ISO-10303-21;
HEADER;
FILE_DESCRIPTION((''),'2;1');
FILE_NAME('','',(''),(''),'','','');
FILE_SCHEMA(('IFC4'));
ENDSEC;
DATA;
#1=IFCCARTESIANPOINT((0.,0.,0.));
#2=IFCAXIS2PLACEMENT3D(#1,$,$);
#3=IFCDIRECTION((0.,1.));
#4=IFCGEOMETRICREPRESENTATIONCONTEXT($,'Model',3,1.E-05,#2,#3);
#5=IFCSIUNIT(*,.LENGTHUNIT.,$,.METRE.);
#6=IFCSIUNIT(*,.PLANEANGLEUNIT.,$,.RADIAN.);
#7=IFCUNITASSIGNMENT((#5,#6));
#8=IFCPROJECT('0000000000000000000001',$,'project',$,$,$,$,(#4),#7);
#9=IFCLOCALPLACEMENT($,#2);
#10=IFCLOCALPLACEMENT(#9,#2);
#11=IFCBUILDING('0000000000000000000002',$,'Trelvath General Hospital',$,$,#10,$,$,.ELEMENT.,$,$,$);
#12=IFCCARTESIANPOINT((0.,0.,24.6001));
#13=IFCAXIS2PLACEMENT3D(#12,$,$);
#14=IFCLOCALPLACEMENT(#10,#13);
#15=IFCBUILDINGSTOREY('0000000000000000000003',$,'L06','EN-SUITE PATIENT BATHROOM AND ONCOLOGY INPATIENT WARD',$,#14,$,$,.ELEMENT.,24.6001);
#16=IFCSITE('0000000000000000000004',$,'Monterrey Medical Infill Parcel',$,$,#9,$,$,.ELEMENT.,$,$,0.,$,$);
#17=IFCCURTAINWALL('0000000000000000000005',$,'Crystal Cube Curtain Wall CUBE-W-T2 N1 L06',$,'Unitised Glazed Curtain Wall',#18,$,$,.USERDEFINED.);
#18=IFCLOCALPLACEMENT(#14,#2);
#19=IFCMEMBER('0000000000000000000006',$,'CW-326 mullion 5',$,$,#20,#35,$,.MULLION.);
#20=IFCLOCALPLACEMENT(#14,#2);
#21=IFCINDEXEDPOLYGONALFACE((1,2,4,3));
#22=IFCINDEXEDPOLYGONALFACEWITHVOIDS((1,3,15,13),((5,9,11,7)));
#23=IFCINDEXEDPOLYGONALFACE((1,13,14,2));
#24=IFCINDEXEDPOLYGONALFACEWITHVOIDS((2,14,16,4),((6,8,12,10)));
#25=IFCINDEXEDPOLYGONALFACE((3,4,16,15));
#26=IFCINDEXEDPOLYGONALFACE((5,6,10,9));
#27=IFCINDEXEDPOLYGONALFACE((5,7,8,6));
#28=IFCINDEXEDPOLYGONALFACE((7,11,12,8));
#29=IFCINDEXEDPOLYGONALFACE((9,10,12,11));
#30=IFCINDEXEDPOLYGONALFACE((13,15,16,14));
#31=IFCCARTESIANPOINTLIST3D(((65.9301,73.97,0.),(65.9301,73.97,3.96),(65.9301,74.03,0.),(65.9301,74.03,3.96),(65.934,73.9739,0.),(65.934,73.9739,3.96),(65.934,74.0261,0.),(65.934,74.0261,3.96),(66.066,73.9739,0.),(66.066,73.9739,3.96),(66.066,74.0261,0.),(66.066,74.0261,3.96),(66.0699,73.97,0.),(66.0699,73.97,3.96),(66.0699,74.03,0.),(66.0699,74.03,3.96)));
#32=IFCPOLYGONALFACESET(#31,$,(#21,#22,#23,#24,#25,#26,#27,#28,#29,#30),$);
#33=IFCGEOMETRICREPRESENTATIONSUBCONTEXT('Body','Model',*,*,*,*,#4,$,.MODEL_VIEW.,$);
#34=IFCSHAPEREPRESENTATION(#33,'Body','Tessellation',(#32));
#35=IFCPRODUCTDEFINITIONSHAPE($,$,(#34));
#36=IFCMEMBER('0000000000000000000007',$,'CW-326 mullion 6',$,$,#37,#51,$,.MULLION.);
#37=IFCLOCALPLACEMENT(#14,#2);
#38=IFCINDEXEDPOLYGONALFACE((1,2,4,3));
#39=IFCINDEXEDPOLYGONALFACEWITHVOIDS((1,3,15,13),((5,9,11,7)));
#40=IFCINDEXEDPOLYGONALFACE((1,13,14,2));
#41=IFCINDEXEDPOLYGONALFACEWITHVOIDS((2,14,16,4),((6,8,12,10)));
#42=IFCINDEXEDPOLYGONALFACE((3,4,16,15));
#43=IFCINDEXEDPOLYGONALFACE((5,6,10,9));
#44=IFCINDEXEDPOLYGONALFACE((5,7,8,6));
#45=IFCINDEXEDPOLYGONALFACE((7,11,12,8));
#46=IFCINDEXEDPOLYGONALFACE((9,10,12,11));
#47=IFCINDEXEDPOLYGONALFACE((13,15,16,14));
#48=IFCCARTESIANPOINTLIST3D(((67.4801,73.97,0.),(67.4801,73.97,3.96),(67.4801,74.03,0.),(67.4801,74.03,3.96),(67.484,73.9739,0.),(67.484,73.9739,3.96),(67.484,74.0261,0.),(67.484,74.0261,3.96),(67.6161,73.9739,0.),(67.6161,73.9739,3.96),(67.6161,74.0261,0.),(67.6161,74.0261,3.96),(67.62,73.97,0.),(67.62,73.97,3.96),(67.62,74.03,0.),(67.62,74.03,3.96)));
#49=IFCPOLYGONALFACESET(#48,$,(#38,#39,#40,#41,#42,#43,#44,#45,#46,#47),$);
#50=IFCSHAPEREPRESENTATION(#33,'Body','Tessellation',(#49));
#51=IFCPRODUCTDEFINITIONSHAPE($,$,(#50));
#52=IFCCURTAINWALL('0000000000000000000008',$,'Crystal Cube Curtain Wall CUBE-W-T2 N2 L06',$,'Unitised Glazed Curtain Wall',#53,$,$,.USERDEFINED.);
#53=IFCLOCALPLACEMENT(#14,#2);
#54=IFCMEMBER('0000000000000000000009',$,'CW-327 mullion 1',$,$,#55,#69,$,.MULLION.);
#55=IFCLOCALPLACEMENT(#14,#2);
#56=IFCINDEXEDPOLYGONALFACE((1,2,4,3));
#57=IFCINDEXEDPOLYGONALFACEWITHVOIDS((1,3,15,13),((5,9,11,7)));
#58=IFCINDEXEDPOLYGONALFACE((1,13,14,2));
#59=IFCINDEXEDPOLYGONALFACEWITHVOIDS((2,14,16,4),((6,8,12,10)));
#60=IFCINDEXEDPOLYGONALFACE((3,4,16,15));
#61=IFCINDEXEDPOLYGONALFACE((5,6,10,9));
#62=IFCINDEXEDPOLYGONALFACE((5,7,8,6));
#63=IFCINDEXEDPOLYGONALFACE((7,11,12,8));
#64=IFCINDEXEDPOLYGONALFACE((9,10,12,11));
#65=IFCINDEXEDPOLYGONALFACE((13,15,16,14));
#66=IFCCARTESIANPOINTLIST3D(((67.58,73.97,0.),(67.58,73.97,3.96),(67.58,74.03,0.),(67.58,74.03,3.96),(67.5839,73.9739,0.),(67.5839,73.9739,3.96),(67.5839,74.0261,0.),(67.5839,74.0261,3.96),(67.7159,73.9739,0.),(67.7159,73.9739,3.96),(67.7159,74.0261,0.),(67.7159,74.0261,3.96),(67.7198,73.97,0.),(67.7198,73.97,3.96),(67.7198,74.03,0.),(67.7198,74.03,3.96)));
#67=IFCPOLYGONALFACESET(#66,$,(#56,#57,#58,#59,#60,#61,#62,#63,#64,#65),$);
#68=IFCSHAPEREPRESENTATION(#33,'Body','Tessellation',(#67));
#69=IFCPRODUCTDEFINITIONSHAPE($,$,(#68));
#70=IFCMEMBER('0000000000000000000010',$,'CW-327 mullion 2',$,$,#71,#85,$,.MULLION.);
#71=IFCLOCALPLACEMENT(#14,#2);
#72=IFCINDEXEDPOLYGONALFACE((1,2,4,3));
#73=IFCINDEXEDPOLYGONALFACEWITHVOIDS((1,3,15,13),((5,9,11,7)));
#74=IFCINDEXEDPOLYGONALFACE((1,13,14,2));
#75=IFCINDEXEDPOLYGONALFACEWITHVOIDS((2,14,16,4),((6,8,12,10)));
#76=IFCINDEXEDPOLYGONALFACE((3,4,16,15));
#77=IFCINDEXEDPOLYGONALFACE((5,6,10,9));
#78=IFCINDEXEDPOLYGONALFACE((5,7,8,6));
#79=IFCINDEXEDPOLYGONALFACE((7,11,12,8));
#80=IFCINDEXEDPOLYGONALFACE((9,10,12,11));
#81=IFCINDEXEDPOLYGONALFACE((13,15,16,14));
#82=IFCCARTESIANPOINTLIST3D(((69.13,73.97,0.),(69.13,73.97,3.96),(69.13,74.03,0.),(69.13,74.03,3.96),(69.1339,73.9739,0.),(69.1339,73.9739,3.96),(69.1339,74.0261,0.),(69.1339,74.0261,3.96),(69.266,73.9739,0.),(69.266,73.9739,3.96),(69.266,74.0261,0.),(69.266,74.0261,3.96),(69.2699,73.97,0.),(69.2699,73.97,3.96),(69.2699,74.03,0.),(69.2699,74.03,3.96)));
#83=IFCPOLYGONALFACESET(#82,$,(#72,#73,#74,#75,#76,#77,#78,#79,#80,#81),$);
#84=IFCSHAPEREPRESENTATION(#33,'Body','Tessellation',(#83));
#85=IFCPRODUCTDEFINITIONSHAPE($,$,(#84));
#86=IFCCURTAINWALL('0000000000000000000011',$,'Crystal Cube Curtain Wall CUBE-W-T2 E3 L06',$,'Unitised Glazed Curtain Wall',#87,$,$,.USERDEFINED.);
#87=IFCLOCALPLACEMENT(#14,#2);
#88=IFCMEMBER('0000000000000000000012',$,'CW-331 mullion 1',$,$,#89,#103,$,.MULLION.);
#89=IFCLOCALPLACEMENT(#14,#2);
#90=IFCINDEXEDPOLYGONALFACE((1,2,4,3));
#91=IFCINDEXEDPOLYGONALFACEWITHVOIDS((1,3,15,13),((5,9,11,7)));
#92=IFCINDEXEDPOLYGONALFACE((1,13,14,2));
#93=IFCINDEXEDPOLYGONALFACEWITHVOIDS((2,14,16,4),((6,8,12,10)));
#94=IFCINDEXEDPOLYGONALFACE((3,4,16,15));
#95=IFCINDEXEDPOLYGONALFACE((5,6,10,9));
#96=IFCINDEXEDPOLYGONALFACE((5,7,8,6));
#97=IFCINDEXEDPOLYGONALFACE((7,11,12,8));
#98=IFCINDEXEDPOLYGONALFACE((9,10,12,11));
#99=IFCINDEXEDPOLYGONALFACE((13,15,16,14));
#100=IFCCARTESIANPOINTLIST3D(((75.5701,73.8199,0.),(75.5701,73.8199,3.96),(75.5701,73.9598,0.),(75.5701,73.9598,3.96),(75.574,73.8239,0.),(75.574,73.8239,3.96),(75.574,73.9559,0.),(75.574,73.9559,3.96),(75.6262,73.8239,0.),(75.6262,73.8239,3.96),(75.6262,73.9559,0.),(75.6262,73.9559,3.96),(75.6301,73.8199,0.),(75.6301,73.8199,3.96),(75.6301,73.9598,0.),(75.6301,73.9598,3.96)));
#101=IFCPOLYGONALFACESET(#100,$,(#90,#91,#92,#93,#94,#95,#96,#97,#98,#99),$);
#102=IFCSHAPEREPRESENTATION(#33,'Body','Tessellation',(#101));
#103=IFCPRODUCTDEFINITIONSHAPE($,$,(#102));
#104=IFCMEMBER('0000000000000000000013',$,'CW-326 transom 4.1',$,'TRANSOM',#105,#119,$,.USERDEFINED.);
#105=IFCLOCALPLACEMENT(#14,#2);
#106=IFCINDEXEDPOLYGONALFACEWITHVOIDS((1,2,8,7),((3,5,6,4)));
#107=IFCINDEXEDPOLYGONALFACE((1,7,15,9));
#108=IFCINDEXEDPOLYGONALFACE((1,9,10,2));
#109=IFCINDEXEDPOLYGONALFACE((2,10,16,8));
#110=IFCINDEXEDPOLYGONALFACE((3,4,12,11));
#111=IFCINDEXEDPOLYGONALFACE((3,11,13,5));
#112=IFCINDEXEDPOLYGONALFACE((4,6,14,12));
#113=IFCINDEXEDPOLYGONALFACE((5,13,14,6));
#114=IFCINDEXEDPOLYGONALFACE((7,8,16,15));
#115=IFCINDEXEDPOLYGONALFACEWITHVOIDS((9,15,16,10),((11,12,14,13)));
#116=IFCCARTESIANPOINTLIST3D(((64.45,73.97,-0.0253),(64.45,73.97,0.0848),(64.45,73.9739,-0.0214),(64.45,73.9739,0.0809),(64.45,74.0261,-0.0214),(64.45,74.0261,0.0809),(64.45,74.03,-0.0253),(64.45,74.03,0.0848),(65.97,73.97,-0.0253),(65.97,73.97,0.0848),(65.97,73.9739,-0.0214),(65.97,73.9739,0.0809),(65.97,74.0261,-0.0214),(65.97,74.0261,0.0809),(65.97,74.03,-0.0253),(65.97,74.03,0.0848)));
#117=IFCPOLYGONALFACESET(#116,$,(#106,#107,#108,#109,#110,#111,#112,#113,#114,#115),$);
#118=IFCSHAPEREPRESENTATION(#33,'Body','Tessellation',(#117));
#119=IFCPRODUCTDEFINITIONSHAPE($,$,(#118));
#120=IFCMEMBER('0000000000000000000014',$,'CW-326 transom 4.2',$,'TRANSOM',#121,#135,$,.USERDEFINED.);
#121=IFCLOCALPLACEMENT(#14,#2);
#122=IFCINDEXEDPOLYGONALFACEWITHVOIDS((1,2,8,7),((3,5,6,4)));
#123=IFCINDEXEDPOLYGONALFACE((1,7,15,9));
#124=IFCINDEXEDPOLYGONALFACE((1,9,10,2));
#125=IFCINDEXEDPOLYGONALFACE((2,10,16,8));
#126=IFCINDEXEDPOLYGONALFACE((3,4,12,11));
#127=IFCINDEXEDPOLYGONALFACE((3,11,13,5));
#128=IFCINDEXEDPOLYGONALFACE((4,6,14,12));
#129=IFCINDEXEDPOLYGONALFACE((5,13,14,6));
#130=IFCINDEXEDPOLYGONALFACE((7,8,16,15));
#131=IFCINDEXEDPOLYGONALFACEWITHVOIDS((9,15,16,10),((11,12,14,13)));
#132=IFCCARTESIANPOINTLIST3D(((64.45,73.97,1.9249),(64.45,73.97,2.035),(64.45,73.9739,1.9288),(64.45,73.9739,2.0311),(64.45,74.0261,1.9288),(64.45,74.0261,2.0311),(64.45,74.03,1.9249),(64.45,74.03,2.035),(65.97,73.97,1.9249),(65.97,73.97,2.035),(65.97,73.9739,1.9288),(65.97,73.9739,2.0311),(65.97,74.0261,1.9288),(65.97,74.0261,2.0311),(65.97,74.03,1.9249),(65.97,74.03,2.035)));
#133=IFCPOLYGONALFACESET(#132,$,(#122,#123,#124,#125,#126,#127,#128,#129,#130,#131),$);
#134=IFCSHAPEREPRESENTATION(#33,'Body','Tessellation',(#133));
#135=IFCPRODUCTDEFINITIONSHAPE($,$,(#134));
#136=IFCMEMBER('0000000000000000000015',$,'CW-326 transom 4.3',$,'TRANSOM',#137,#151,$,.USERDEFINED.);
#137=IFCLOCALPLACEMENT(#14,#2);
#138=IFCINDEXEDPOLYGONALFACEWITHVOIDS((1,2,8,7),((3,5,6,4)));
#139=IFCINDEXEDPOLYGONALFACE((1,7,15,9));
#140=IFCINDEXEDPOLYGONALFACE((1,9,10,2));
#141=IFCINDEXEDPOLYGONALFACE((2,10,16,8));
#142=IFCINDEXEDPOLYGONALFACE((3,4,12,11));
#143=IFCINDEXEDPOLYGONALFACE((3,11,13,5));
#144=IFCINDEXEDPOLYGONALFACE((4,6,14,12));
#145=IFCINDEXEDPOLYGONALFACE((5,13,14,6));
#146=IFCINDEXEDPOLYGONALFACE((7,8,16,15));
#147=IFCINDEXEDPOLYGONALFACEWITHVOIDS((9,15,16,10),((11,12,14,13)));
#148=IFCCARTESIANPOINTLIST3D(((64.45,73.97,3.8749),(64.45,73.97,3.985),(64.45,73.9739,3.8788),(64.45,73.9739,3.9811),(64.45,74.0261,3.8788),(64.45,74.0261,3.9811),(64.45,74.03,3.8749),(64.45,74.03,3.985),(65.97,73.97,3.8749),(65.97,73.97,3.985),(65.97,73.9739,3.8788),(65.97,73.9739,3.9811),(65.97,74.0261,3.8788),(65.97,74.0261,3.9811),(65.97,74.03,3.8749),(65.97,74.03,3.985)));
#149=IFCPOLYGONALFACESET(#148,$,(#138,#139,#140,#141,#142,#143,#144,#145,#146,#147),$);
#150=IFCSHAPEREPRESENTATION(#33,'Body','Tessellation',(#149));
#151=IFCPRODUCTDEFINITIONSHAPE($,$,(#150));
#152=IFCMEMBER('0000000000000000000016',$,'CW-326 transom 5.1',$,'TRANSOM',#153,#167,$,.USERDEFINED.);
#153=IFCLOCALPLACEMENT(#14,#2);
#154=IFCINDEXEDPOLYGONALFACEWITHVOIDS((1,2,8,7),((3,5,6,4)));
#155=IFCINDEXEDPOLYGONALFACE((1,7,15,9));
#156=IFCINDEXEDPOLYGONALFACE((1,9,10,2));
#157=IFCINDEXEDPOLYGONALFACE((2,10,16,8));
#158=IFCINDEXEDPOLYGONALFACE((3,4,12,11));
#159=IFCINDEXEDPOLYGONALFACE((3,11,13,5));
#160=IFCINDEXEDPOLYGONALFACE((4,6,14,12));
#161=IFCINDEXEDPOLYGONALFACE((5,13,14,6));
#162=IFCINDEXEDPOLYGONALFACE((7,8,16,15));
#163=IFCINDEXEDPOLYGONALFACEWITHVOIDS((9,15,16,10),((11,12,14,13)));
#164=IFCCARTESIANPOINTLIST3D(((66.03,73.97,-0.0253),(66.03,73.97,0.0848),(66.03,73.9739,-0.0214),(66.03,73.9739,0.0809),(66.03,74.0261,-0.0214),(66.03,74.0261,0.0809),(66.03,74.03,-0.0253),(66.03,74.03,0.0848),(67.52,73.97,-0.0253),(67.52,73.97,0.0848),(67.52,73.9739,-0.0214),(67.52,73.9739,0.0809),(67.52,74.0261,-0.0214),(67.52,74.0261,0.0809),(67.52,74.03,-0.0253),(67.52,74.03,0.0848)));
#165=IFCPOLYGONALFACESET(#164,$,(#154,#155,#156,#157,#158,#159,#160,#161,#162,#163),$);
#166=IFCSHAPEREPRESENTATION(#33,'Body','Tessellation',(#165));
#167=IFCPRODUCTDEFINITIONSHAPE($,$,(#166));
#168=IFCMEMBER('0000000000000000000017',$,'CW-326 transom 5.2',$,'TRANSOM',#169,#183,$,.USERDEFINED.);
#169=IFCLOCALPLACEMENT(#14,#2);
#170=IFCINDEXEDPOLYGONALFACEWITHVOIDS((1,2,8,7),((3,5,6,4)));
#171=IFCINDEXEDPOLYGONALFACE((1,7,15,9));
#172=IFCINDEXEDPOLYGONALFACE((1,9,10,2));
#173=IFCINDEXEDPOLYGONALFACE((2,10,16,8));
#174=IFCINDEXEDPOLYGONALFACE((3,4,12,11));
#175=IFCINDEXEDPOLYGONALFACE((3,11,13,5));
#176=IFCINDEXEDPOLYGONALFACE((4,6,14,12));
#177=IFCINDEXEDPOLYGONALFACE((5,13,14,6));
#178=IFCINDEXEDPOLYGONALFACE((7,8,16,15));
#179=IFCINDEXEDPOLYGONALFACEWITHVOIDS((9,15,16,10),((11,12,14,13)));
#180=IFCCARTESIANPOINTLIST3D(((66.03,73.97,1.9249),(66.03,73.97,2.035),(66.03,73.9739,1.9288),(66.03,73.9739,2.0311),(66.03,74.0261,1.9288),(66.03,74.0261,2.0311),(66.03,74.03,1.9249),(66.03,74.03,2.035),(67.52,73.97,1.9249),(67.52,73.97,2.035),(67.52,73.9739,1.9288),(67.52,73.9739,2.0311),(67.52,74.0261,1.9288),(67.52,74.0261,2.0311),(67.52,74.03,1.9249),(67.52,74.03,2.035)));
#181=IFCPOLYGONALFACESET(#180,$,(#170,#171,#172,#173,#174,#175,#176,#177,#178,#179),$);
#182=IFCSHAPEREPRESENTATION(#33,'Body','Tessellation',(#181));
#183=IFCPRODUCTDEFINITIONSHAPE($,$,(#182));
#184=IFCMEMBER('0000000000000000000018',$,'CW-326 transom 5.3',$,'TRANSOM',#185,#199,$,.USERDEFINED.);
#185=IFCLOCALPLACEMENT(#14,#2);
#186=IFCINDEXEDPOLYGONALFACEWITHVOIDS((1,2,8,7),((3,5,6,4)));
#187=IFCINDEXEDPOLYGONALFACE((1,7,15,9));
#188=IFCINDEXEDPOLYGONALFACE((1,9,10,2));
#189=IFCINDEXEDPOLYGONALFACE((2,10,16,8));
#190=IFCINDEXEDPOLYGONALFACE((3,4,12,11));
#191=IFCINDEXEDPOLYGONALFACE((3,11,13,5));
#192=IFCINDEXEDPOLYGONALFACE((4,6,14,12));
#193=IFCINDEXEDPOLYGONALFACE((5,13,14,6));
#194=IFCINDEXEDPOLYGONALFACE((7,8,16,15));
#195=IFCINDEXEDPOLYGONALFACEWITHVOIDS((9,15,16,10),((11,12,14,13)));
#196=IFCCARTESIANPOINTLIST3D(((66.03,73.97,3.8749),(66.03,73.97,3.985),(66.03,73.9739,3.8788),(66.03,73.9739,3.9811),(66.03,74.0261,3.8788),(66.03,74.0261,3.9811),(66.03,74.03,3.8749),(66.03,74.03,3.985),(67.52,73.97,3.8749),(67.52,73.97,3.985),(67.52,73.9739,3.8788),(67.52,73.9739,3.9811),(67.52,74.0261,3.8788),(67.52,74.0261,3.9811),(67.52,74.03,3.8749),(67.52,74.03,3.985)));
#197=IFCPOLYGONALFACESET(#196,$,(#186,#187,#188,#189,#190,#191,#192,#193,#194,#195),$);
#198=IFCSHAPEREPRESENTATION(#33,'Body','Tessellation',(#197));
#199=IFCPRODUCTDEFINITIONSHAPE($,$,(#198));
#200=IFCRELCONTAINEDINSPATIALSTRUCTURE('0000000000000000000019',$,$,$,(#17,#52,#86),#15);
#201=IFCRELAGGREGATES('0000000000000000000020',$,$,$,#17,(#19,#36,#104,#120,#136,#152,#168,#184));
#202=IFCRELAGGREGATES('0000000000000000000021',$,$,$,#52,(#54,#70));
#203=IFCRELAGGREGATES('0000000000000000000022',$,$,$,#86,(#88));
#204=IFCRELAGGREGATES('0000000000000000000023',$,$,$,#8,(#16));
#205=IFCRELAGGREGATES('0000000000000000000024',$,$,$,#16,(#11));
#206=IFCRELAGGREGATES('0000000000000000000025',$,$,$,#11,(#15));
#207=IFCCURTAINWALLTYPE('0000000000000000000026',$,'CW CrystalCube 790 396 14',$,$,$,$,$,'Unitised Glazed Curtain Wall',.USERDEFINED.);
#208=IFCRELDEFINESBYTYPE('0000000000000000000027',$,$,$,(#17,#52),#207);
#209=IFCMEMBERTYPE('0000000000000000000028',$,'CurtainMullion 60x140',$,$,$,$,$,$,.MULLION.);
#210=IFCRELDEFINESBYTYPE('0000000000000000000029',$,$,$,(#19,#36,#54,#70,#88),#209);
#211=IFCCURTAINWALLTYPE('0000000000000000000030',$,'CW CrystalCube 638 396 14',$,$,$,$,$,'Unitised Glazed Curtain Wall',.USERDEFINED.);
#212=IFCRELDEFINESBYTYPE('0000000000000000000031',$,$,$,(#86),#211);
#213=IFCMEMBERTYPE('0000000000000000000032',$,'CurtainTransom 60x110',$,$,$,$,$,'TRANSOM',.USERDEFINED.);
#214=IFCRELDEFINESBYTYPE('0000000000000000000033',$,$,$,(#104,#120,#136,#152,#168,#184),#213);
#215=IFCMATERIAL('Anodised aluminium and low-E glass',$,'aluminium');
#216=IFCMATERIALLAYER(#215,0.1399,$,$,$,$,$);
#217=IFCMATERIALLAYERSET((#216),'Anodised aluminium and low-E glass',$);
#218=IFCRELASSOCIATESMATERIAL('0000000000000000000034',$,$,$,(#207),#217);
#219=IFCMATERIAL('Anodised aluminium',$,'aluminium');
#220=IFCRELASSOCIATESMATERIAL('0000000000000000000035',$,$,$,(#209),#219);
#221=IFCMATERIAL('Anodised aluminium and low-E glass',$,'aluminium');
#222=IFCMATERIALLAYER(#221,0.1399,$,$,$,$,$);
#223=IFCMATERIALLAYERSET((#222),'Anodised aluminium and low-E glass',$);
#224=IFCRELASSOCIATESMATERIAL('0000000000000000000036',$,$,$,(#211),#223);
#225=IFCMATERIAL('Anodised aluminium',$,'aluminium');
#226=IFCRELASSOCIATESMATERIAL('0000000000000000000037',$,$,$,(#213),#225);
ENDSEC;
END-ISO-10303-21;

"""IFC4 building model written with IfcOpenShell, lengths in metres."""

from ifc_helpers import new_model, si_unit, direction, frame, origin, origin_2d, place, context, subcontext, project, spatial, hollow_rectangle, extrude, material, layer, layer_set, material_profile, profile_set, type_object, element, aggregate, save


model = new_model("IFC4")

# Units and contexts
model_context = context("Model", 3, precision=1e-05, world=origin(), true_north=direction((0.0, 1.0)))
body_context = subcontext(model_context, "Body", "Model", "MODEL_VIEW")
ifc_project = project(units=[si_unit("LENGTHUNIT", "METRE"), si_unit("PLANEANGLEUNIT", "RADIAN")], contexts=[model_context])

# Site, building, storey
site_placement = place(None, origin())
site = spatial("IfcSite", under=ifc_project, at=site_placement, Name="Monterrey Medical Infill Parcel", CompositionType="ELEMENT", RefElevation=0.0)
building_placement = place(site_placement, origin())
building = spatial("IfcBuilding", under=site, at=building_placement, Name="Trelvath General Hospital", CompositionType="ELEMENT")
storey_placement = place(building_placement, frame((0.0, 0.0, 24.6001)))
storey = spatial("IfcBuildingStorey", under=building, at=storey_placement, Name="L06", Description="EN-SUITE PATIENT BATHROOM AND ONCOLOGY INPATIENT WARD", CompositionType="ELEMENT", Elevation=24.6001)

# Curtain walls, members
ifc_material_1 = material(Name="Anodised aluminium and low-E glass", Category="aluminium")
ifc_layer_1 = layer(ifc_material_1, 0.1399)
ifc_layer_set_1 = layer_set([ifc_layer_1], Name="Anodised aluminium and low-E glass")
curtain_wall_type_1 = type_object("IfcCurtainWallType", Name="CW CrystalCube 790 396 14", ElementType="Unitised Glazed Curtain Wall", PredefinedType="USERDEFINED", material=ifc_layer_set_1)
curtain_wall_1_placement = place(storey_placement, origin())
curtain_wall_1 = element("IfcCurtainWall", 1, at=curtain_wall_1_placement, inside=storey, type_object=curtain_wall_type_1, Name="Crystal Cube Curtain Wall CUBE-W-T2 N1 L06", ObjectType="Unitised Glazed Curtain Wall", PredefinedType="USERDEFINED")
ifc_material_2 = material(Name="Anodised aluminium", Category="aluminium")
ifc_material_profile_1 = material_profile(ifc_material_2, hollow_rectangle(XDim=0.0601, YDim=0.1399, WallThickness=0.0039, at=origin_2d()), Name="RHS60x140x4")
ifc_profile_set_1 = profile_set([ifc_material_profile_1], Name="Anodised aluminium")
member_type_1 = type_object("IfcMemberType", Name="CurtainMullion 60x140", PredefinedType="MULLION", material=ifc_profile_set_1)
member_1_placement = place(storey_placement, frame((66.0, 74.0, 0.0), z_axis=(0.0, 0.0, 1.0), x_axis=(0.0, 1.0, 0.0)))
member_1 = element("IfcMember", 2, at=member_1_placement, type_object=member_type_1, Name="CW-326 mullion 5", PredefinedType="MULLION", context=body_context, shape_type="SweptSolid", body=[
    extrude(hollow_rectangle(XDim=0.0601, YDim=0.1399, WallThickness=0.0039, at=origin_2d()), origin(), (0.0, 0.0, 1.0), 3.96),
])
member_2_placement = place(storey_placement, frame((67.55, 74.0, 0.0), z_axis=(0.0, 0.0, 1.0), x_axis=(0.0, 1.0, 0.0)))
member_2 = element("IfcMember", 3, at=member_2_placement, type_object=member_type_1, Name="CW-326 mullion 6", PredefinedType="MULLION", context=body_context, shape_type="SweptSolid", body=[
    extrude(hollow_rectangle(XDim=0.0601, YDim=0.1399, WallThickness=0.0039, at=origin_2d()), origin(), (0.0, 0.0, 1.0), 3.96),
])
curtain_wall_2_placement = place(storey_placement, origin())
curtain_wall_2 = element("IfcCurtainWall", 4, at=curtain_wall_2_placement, inside=storey, type_object=curtain_wall_type_1, Name="Crystal Cube Curtain Wall CUBE-W-T2 N2 L06", ObjectType="Unitised Glazed Curtain Wall", PredefinedType="USERDEFINED")
member_3_placement = place(storey_placement, frame((67.6499, 74.0, 0.0), z_axis=(0.0, 0.0, 1.0), x_axis=(0.0, 1.0, 0.0)))
member_3 = element("IfcMember", 5, at=member_3_placement, type_object=member_type_1, Name="CW-327 mullion 1", PredefinedType="MULLION", context=body_context, shape_type="SweptSolid", body=[
    extrude(hollow_rectangle(XDim=0.0601, YDim=0.1399, WallThickness=0.0039, at=origin_2d()), origin(), (0.0, 0.0, 1.0), 3.96),
])
member_4_placement = place(storey_placement, frame((69.2, 74.0, 0.0), z_axis=(0.0, 0.0, 1.0), x_axis=(0.0, 1.0, 0.0)))
member_4 = element("IfcMember", 6, at=member_4_placement, type_object=member_type_1, Name="CW-327 mullion 2", PredefinedType="MULLION", context=body_context, shape_type="SweptSolid", body=[
    extrude(hollow_rectangle(XDim=0.0601, YDim=0.1399, WallThickness=0.0039, at=origin_2d()), origin(), (0.0, 0.0, 1.0), 3.96),
])

# Curtain wall, member
ifc_material_3 = material(Name="Anodised aluminium and low-E glass", Category="aluminium")
ifc_layer_2 = layer(ifc_material_3, 0.1399)
ifc_layer_set_2 = layer_set([ifc_layer_2], Name="Anodised aluminium and low-E glass")
curtain_wall_type_2 = type_object("IfcCurtainWallType", Name="CW CrystalCube 638 396 14", ElementType="Unitised Glazed Curtain Wall", PredefinedType="USERDEFINED", material=ifc_layer_set_2)
curtain_wall_3_placement = place(storey_placement, origin())
curtain_wall_3 = element("IfcCurtainWall", 7, at=curtain_wall_3_placement, inside=storey, type_object=curtain_wall_type_2, Name="Crystal Cube Curtain Wall CUBE-W-T2 E3 L06", ObjectType="Unitised Glazed Curtain Wall", PredefinedType="USERDEFINED")
member_5_placement = place(storey_placement, frame((75.6001, 73.8899, 0.0), z_axis=(0.0, 0.0, 1.0), x_axis=(1.0, 0.0, 0.0)))
member_5 = element("IfcMember", 8, at=member_5_placement, type_object=member_type_1, Name="CW-331 mullion 1", PredefinedType="MULLION", context=body_context, shape_type="SweptSolid", body=[
    extrude(hollow_rectangle(XDim=0.0601, YDim=0.1399, WallThickness=0.0039, at=origin_2d()), origin(), (0.0, 0.0, 1.0), 3.96),
])

# Members
ifc_material_4 = material(Name="Anodised aluminium", Category="aluminium")
ifc_material_profile_2 = material_profile(ifc_material_4, hollow_rectangle(XDim=0.0601, YDim=0.1101, WallThickness=0.0039, at=origin_2d()), Name="RHS60x110x4")
ifc_profile_set_2 = profile_set([ifc_material_profile_2], Name="Anodised aluminium")
member_type_2 = type_object("IfcMemberType", Name="CurtainTransom 60x110", ElementType="TRANSOM", PredefinedType="USERDEFINED", material=ifc_profile_set_2)
member_6_placement = place(storey_placement, frame((64.45, 74.0, 0.0298), z_axis=(1.0, 0.0, 0.0), x_axis=(0.0, 1.0, 0.0)))
member_6 = element("IfcMember", 9, at=member_6_placement, type_object=member_type_2, Name="CW-326 transom 4.1", ObjectType="TRANSOM", PredefinedType="USERDEFINED", context=body_context, shape_type="SweptSolid", body=[
    extrude(hollow_rectangle(XDim=0.0601, YDim=0.1101, WallThickness=0.0039, at=origin_2d()), origin(), (0.0, 0.0, 1.0), 1.52),
])
member_7_placement = place(storey_placement, frame((64.45, 74.0, 1.98), z_axis=(1.0, 0.0, 0.0), x_axis=(0.0, 1.0, 0.0)))
member_7 = element("IfcMember", 10, at=member_7_placement, type_object=member_type_2, Name="CW-326 transom 4.2", ObjectType="TRANSOM", PredefinedType="USERDEFINED", context=body_context, shape_type="SweptSolid", body=[
    extrude(hollow_rectangle(XDim=0.0601, YDim=0.1101, WallThickness=0.0039, at=origin_2d()), origin(), (0.0, 0.0, 1.0), 1.52),
])
member_8_placement = place(storey_placement, frame((64.45, 74.0, 3.9299), z_axis=(1.0, 0.0, 0.0), x_axis=(0.0, 1.0, 0.0)))
member_8 = element("IfcMember", 11, at=member_8_placement, type_object=member_type_2, Name="CW-326 transom 4.3", ObjectType="TRANSOM", PredefinedType="USERDEFINED", context=body_context, shape_type="SweptSolid", body=[
    extrude(hollow_rectangle(XDim=0.0601, YDim=0.1101, WallThickness=0.0039, at=origin_2d()), origin(), (0.0, 0.0, 1.0), 1.52),
])
member_9_placement = place(storey_placement, frame((66.03, 74.0, 0.0298), z_axis=(1.0, 0.0, 0.0), x_axis=(0.0, 1.0, 0.0)))
member_9 = element("IfcMember", 12, at=member_9_placement, type_object=member_type_2, Name="CW-326 transom 5.1", ObjectType="TRANSOM", PredefinedType="USERDEFINED", context=body_context, shape_type="SweptSolid", body=[
    extrude(hollow_rectangle(XDim=0.0601, YDim=0.1101, WallThickness=0.0039, at=origin_2d()), origin(), (0.0, 0.0, 1.0), 1.49),
])
member_10_placement = place(storey_placement, frame((66.03, 74.0, 1.98), z_axis=(1.0, 0.0, 0.0), x_axis=(0.0, 1.0, 0.0)))
member_10 = element("IfcMember", 13, at=member_10_placement, type_object=member_type_2, Name="CW-326 transom 5.2", ObjectType="TRANSOM", PredefinedType="USERDEFINED", context=body_context, shape_type="SweptSolid", body=[
    extrude(hollow_rectangle(XDim=0.0601, YDim=0.1101, WallThickness=0.0039, at=origin_2d()), origin(), (0.0, 0.0, 1.0), 1.49),
])
member_11_placement = place(storey_placement, frame((66.03, 74.0, 3.9299), z_axis=(1.0, 0.0, 0.0), x_axis=(0.0, 1.0, 0.0)))
member_11 = element("IfcMember", 14, at=member_11_placement, type_object=member_type_2, Name="CW-326 transom 5.3", ObjectType="TRANSOM", PredefinedType="USERDEFINED", context=body_context, shape_type="SweptSolid", body=[
    extrude(hollow_rectangle(XDim=0.0601, YDim=0.1101, WallThickness=0.0039, at=origin_2d()), origin(), (0.0, 0.0, 1.0), 1.49),
])

aggregate(curtain_wall_1, [member_1, member_2, member_6, member_7, member_8, member_9, member_10, member_11])
aggregate(curtain_wall_2, [member_3, member_4])
aggregate(curtain_wall_3, [member_5])

save(model, "model.ifc")
